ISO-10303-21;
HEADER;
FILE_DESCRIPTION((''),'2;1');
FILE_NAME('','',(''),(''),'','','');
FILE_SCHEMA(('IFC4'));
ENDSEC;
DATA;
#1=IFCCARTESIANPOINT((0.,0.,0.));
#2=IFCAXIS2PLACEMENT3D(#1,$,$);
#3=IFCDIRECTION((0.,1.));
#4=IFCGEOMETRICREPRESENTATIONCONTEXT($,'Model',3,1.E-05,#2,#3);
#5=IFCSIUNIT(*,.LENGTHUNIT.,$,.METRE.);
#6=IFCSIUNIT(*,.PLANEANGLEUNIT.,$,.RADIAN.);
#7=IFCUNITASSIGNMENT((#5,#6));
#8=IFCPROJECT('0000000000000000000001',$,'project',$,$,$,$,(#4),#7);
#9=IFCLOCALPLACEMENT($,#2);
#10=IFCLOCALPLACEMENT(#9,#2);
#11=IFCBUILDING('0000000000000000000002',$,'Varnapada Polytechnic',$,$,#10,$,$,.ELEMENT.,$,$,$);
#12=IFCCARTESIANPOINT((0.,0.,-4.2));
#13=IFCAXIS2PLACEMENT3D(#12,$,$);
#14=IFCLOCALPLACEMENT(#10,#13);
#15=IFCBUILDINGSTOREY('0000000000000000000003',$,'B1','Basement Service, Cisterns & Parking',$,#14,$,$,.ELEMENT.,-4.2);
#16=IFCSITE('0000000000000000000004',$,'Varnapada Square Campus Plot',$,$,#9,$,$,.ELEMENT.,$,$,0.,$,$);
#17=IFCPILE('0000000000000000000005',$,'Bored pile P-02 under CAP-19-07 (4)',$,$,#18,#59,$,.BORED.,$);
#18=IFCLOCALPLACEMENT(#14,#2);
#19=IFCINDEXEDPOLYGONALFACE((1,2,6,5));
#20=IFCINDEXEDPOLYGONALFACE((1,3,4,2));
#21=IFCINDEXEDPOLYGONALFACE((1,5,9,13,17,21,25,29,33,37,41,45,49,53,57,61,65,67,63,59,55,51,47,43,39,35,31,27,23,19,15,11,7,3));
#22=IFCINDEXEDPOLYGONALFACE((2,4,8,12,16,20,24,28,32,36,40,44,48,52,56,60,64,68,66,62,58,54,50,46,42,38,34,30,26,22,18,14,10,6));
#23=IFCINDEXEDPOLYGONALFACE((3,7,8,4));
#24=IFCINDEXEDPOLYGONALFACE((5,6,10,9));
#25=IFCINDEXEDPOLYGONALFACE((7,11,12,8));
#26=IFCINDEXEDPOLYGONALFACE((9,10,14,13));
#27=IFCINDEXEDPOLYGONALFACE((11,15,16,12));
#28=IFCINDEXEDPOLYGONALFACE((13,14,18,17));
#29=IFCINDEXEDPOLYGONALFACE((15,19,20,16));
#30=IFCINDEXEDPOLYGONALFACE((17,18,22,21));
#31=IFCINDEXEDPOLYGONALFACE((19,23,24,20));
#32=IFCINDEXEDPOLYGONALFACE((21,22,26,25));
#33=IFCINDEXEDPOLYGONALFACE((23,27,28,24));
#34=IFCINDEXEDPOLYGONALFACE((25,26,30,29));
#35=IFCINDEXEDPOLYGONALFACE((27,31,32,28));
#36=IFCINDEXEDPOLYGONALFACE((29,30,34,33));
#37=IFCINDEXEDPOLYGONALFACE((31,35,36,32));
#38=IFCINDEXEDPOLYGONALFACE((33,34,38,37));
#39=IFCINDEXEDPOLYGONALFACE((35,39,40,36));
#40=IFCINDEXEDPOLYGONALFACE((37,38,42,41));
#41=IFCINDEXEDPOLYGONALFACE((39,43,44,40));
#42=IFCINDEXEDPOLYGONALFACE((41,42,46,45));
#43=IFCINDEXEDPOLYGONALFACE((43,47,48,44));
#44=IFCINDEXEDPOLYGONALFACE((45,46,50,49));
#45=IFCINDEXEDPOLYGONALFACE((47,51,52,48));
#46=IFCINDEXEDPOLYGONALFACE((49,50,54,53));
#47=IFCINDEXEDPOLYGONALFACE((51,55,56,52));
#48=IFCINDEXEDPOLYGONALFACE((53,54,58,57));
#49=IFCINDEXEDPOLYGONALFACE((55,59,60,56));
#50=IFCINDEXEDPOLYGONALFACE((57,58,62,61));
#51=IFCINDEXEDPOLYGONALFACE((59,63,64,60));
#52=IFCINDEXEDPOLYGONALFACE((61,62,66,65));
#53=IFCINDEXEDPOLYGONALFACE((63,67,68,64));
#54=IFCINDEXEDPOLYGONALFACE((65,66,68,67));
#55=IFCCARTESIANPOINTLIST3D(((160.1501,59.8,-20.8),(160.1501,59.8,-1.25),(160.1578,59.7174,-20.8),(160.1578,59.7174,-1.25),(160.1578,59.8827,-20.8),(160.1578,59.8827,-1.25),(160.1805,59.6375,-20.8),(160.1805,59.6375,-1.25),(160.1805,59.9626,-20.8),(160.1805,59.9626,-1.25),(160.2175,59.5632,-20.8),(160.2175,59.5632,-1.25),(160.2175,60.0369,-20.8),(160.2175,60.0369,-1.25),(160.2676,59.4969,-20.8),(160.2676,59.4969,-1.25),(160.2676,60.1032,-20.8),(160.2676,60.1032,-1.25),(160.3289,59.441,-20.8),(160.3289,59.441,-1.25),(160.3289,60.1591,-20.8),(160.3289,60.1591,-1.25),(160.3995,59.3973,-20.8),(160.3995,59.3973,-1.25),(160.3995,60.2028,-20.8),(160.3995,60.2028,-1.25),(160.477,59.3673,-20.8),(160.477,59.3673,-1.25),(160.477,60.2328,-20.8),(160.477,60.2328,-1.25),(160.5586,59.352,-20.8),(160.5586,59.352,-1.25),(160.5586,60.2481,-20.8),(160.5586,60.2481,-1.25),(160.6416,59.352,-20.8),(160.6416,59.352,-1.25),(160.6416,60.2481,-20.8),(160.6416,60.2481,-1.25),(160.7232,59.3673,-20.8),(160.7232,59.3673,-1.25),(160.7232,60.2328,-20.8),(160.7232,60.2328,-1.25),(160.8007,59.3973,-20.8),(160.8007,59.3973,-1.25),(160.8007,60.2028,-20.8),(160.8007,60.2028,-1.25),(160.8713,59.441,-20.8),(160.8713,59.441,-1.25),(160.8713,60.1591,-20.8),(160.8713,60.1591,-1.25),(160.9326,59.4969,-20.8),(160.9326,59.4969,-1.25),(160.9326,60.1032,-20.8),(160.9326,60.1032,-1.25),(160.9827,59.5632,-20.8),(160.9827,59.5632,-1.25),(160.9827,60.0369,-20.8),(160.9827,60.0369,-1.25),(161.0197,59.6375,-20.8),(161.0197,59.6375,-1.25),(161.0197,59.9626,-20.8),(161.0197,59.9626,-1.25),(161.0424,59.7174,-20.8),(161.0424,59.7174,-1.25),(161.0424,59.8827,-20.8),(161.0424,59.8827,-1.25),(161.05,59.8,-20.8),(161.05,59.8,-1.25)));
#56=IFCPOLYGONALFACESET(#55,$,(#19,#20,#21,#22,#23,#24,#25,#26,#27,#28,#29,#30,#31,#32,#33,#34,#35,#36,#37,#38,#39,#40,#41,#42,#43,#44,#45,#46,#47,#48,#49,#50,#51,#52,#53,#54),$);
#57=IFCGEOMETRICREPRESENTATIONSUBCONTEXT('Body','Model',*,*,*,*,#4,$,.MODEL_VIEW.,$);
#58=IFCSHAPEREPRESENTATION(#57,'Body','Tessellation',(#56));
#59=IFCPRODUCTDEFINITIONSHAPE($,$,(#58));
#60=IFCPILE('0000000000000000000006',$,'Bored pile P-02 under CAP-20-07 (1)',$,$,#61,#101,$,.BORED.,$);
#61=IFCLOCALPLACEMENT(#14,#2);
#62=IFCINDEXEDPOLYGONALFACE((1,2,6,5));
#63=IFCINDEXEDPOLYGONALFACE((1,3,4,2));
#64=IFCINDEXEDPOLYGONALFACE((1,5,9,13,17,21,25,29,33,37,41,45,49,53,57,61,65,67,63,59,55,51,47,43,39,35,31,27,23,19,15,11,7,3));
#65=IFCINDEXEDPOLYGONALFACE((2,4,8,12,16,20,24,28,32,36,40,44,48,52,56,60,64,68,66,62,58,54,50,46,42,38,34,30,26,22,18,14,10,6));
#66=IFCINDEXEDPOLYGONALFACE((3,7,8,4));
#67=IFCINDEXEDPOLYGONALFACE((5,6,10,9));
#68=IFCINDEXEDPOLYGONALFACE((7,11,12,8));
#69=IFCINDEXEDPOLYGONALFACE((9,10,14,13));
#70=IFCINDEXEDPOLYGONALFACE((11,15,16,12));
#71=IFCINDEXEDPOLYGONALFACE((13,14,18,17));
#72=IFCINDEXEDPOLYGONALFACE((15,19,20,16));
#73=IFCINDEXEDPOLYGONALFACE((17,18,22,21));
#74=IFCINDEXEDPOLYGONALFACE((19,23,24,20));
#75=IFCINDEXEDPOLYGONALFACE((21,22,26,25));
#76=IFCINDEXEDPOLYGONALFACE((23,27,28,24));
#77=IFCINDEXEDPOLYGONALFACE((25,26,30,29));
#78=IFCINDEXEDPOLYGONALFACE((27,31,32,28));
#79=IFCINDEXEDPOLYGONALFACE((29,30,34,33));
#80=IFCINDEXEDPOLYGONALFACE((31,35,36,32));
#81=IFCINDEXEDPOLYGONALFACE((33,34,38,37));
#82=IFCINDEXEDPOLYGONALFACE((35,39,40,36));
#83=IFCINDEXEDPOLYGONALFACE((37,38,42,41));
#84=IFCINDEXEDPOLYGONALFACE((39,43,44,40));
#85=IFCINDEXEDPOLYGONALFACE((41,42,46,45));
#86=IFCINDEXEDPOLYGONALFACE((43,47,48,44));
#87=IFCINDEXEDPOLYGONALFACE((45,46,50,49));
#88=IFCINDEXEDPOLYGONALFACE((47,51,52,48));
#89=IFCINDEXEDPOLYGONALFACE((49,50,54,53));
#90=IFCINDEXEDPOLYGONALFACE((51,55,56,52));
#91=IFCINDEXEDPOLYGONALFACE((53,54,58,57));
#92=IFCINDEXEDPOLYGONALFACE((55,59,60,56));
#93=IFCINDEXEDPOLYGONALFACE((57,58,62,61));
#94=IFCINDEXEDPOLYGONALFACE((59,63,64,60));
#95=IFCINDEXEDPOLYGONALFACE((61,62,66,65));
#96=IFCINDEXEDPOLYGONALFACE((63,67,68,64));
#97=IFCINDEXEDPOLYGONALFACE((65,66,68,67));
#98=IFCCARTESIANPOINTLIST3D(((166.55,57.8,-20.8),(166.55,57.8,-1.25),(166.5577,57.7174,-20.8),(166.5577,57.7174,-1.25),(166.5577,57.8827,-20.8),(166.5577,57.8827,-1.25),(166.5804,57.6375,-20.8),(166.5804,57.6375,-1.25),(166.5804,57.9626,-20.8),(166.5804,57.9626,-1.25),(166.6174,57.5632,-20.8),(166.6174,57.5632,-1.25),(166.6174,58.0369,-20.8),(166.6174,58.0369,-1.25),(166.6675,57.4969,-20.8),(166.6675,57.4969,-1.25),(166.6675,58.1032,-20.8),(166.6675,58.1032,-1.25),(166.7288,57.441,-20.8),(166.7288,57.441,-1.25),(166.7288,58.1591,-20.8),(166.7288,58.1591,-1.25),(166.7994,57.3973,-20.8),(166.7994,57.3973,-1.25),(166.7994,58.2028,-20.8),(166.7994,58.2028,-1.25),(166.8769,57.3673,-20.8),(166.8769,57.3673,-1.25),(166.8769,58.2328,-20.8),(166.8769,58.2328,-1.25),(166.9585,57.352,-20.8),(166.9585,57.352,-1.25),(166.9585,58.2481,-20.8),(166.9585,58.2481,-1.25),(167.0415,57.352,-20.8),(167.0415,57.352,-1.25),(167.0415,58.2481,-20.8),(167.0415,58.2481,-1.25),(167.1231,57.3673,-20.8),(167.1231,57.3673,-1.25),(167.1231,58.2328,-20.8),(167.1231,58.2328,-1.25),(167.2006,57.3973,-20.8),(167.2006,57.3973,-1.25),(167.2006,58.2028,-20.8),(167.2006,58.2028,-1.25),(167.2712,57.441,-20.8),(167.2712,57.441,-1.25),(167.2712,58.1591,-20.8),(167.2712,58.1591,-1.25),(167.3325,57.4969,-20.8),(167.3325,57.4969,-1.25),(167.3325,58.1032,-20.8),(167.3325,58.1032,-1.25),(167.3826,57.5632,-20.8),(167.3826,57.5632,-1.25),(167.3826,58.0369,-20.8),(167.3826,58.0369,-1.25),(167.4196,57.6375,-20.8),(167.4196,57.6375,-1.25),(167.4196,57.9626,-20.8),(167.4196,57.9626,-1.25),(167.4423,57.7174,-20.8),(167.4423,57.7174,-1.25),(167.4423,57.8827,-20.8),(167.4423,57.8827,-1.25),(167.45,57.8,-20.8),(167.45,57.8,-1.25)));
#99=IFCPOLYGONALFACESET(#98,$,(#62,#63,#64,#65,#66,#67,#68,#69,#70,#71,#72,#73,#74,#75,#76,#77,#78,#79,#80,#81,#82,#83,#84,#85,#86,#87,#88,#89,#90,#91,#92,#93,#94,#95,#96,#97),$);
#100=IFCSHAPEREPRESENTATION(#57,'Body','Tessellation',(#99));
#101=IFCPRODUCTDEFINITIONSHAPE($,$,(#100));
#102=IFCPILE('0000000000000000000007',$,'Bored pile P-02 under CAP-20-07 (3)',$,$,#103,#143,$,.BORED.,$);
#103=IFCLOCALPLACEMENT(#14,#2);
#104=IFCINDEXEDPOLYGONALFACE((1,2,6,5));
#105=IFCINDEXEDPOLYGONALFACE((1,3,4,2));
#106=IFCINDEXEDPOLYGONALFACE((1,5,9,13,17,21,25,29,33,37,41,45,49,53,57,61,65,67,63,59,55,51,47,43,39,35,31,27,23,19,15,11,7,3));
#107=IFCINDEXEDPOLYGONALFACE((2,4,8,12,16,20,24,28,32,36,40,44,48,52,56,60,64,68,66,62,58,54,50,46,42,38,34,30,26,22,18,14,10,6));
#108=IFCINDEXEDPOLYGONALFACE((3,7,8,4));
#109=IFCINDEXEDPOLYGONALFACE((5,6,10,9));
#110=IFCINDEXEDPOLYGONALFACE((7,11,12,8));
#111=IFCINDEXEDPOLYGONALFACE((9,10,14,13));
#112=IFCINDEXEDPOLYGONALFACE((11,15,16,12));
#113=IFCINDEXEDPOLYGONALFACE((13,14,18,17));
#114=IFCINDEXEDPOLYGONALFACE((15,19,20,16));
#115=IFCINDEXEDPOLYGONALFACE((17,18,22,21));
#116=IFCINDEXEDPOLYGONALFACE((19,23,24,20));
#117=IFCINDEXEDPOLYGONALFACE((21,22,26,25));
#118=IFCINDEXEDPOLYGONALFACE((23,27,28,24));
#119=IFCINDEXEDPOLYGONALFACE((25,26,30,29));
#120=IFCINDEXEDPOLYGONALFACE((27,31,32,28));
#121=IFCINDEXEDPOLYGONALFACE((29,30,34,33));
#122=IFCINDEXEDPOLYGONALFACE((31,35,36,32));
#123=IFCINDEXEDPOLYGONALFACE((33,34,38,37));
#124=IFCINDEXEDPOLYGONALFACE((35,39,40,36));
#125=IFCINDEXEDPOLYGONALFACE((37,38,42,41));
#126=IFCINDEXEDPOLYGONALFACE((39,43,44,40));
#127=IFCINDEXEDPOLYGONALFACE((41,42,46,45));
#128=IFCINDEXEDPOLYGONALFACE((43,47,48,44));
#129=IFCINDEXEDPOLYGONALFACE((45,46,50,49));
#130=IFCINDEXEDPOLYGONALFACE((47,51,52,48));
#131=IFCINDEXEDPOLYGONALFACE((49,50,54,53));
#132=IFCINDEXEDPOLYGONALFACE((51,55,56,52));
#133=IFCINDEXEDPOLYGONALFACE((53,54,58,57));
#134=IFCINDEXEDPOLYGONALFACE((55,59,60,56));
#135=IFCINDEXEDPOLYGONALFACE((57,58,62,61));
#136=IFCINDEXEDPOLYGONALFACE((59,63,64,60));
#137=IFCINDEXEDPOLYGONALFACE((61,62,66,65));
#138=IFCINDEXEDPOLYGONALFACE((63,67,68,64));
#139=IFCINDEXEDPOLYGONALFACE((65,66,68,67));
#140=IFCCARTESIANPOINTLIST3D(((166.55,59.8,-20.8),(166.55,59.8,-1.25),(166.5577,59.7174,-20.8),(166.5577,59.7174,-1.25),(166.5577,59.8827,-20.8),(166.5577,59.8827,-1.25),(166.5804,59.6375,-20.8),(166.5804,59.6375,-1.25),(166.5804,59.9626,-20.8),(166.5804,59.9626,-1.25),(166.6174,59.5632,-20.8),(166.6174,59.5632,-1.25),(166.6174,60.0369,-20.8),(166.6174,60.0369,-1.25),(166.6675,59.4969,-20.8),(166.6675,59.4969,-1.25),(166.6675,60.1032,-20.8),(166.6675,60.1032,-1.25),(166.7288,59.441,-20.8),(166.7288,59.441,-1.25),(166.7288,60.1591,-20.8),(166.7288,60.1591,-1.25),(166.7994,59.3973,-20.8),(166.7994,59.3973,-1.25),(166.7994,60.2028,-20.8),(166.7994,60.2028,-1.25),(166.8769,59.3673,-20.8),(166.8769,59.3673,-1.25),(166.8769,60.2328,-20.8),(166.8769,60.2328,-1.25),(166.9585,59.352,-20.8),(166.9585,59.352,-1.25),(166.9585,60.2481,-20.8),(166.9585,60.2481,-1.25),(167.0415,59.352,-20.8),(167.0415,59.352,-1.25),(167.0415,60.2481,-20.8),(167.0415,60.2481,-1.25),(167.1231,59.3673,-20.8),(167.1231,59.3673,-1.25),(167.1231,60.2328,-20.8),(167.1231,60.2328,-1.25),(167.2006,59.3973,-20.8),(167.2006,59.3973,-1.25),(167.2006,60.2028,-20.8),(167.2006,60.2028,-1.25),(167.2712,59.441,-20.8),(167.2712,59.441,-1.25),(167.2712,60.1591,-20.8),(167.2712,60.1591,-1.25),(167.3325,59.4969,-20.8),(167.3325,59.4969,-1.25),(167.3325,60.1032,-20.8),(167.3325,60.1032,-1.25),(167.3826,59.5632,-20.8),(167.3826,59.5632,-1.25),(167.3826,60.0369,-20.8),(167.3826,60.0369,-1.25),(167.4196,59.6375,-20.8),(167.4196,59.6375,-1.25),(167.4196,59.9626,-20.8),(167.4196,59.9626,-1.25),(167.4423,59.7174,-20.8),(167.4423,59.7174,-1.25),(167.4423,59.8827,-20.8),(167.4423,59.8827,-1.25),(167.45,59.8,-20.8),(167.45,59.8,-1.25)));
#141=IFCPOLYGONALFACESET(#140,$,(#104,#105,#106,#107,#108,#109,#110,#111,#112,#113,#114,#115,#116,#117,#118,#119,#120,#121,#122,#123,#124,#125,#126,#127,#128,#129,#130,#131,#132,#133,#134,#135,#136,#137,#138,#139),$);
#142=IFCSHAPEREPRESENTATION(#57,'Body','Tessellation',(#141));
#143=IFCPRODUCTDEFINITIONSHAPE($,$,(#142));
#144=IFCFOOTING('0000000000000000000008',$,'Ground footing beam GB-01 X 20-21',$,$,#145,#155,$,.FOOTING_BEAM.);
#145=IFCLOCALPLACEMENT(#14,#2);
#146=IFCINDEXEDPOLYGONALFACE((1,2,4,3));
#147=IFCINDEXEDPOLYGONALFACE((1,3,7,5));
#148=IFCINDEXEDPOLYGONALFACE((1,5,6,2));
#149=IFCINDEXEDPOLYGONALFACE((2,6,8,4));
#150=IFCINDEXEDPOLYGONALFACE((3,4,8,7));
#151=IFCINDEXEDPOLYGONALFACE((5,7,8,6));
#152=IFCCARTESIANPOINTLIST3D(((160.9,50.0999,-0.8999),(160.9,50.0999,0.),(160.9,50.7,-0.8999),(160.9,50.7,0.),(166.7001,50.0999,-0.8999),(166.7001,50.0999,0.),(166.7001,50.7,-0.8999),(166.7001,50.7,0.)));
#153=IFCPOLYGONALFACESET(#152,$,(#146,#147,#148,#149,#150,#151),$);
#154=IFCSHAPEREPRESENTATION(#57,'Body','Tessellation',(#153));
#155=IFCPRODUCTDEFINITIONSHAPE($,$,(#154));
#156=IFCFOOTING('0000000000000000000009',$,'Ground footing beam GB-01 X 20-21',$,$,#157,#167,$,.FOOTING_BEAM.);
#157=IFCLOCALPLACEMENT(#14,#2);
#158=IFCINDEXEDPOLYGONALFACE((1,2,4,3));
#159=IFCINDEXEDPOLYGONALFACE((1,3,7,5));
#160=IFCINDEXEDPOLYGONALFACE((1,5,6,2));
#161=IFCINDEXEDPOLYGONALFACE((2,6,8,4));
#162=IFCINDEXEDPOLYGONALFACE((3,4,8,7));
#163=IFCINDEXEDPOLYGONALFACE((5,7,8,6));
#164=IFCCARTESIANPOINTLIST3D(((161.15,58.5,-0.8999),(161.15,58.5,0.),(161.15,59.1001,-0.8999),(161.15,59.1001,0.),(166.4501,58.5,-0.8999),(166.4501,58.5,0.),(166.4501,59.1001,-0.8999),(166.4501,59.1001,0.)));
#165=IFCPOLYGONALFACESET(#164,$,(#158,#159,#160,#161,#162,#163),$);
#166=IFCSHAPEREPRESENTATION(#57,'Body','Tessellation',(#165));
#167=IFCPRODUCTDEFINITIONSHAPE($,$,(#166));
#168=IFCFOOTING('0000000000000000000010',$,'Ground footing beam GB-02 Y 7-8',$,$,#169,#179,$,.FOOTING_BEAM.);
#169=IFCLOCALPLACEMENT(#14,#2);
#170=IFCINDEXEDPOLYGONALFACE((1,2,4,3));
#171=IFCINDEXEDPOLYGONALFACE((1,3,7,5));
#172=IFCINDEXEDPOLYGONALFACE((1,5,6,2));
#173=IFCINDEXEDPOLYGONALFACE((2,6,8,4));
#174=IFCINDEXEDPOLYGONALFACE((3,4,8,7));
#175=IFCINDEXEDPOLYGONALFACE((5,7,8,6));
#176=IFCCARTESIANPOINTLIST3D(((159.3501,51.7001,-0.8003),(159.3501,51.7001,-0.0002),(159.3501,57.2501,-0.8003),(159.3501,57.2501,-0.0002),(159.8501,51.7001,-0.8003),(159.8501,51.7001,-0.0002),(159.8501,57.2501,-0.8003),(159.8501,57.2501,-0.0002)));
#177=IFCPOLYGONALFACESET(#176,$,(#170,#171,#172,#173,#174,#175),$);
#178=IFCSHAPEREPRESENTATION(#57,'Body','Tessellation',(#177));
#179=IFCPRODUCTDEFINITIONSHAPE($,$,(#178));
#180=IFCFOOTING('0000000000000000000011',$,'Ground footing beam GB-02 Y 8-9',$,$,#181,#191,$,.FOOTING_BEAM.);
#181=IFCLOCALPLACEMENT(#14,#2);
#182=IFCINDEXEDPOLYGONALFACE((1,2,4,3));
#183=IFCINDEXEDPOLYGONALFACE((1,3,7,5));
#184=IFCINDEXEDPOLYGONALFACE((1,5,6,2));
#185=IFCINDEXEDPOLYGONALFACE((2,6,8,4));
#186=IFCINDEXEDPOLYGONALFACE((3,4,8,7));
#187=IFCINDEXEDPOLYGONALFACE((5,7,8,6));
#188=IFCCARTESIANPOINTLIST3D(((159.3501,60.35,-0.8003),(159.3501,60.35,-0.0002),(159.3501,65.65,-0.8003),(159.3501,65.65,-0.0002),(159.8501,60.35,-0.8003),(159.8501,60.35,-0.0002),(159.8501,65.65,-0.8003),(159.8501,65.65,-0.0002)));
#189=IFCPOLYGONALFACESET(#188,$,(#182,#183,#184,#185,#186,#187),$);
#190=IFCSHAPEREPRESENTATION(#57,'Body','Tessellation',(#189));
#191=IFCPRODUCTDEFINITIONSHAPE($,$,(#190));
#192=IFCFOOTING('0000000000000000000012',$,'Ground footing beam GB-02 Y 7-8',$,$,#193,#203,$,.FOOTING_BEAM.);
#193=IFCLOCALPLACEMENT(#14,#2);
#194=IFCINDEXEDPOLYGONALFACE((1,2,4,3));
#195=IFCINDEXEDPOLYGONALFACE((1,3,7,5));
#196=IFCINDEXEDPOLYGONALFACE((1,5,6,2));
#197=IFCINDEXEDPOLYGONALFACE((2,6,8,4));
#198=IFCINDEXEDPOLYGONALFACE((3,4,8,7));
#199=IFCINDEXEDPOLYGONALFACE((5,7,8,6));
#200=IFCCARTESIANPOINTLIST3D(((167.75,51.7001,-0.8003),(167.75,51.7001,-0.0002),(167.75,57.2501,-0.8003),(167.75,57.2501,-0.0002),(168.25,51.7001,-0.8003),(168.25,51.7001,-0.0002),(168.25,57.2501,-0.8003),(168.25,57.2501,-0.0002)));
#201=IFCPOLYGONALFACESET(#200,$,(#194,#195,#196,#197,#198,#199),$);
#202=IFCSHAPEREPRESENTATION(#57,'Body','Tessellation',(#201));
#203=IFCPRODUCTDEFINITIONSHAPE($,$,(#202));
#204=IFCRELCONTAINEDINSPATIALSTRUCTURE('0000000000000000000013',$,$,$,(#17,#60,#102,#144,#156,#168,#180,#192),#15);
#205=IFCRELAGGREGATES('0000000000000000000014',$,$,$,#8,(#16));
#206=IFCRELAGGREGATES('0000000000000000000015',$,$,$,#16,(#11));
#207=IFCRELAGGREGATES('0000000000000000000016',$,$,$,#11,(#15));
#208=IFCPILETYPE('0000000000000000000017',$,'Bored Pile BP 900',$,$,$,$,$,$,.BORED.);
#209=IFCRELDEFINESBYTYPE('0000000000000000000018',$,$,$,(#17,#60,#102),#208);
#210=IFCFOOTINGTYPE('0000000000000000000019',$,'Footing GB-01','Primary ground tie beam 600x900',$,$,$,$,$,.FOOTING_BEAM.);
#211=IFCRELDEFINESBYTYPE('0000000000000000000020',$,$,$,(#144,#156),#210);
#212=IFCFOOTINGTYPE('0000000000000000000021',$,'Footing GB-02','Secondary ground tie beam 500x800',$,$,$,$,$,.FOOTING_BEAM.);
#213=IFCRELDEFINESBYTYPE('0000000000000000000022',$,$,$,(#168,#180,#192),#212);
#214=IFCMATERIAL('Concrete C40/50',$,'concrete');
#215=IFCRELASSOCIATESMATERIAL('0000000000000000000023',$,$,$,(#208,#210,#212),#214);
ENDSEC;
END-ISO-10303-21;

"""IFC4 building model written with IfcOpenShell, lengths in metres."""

from ifc_helpers import new_model, si_unit, direction, frame, origin, origin_2d, place, context, subcontext, project, spatial, rectangle, circle, extrude, material, material_profile, profile_set, type_object, element, save


model = new_model("IFC4")

# Units and contexts
model_context = context("Model", 3, precision=1e-05, world=origin(), true_north=direction((0.0, 1.0)))
body_context = subcontext(model_context, "Body", "Model", "MODEL_VIEW")
ifc_project = project(units=[si_unit("LENGTHUNIT", "METRE"), si_unit("PLANEANGLEUNIT", "RADIAN")], contexts=[model_context])

# Site, building, storey
site_placement = place(None, origin())
site = spatial("IfcSite", under=ifc_project, at=site_placement, Name="Varnapada Square Campus Plot", CompositionType="ELEMENT", RefElevation=0.0)
building_placement = place(site_placement, origin())
building = spatial("IfcBuilding", under=site, at=building_placement, Name="Varnapada Polytechnic", CompositionType="ELEMENT")
storey_placement = place(building_placement, frame((0.0, 0.0, -4.2)))
storey = spatial("IfcBuildingStorey", under=building, at=storey_placement, Name="B1", Description="Basement Service, Cisterns & Parking", CompositionType="ELEMENT", Elevation=-4.2)

# Piles
ifc_material_1 = material(Name="Concrete C40/50", Category="concrete")
ifc_material_profile_1 = material_profile(ifc_material_1, circle(Radius=0.45, at=origin_2d()), Name="BP 900")
ifc_profile_set_1 = profile_set([ifc_material_profile_1], Name="Concrete C40/50")
pile_type_1 = type_object("IfcPileType", Name="Bored Pile BP 900", PredefinedType="BORED", material=ifc_profile_set_1)
for number, where, z_axis, x_axis, name in (
    (1, (160.6001, 59.8, -1.25), (0.0, 0.0, -1.0), (1.0, 0.0, 0.0), "Bored pile P-02 under CAP-19-07 (4)"),
    (2, (167.0, 57.8, -1.25), (0.0, 0.0, -1.0), (1.0, 0.0, 0.0), "Bored pile P-02 under CAP-20-07 (1)"),
    (3, (167.0, 59.8, -1.25), (0.0, 0.0, -1.0), (1.0, 0.0, 0.0), "Bored pile P-02 under CAP-20-07 (3)"),
):
    element("IfcPile", number, at=place(storey_placement, frame(where, z_axis=z_axis, x_axis=x_axis)), inside=storey, type_object=pile_type_1, Name=name, PredefinedType="BORED", context=body_context, shape_type="SweptSolid", body=[
        extrude(circle(Radius=0.45, at=origin_2d()), origin(), (0.0, 0.0, 1.0), 19.55),
    ])

# Footings
footing_type_1 = type_object("IfcFootingType", Name="Footing GB-01", Description="Primary ground tie beam 600x900", PredefinedType="FOOTING_BEAM", material=ifc_material_1)
footing_1_placement = place(storey_placement, frame((163.8, 50.3999, -0.8999), z_axis=(0.0, 0.0, 1.0), x_axis=(1.0, 0.0, 0.0)))
element("IfcFooting", 4, at=footing_1_placement, inside=storey, type_object=footing_type_1, Name="Ground footing beam GB-01 X 20-21", PredefinedType="FOOTING_BEAM", context=body_context, shape_type="SweptSolid", body=[
    extrude(rectangle(XDim=5.8, YDim=0.6001, at=origin_2d()), origin(), (0.0, 0.0, 1.0), 0.8999),
])
footing_2_placement = place(storey_placement, frame((163.8, 58.8, -0.8999), z_axis=(0.0, 0.0, 1.0), x_axis=(1.0, 0.0, 0.0)))
element("IfcFooting", 5, at=footing_2_placement, inside=storey, type_object=footing_type_1, Name="Ground footing beam GB-01 X 20-21", PredefinedType="FOOTING_BEAM", context=body_context, shape_type="SweptSolid", body=[
    extrude(rectangle(XDim=5.3, YDim=0.6001, at=origin_2d()), origin(), (0.0, 0.0, 1.0), 0.8999),
])
footing_type_2 = type_object("IfcFootingType", Name="Footing GB-02", Description="Secondary ground tie beam 500x800", PredefinedType="FOOTING_BEAM", material=ifc_material_1)
footing_3_placement = place(storey_placement, frame((159.6001, 54.4751, -0.8003), z_axis=(0.0, 0.0, 1.0), x_axis=(0.0, 1.0, 0.0)))
element("IfcFooting", 6, at=footing_3_placement, inside=storey, type_object=footing_type_2, Name="Ground footing beam GB-02 Y 7-8", PredefinedType="FOOTING_BEAM", context=body_context, shape_type="SweptSolid", body=[
    extrude(rectangle(XDim=5.55, YDim=0.5, at=origin_2d()), origin(), (0.0, 0.0, 1.0), 0.8),
])
footing_4_placement = place(storey_placement, frame((159.6001, 63.0, -0.8003), z_axis=(0.0, 0.0, 1.0), x_axis=(0.0, 1.0, 0.0)))
element("IfcFooting", 7, at=footing_4_placement, inside=storey, type_object=footing_type_2, Name="Ground footing beam GB-02 Y 8-9", PredefinedType="FOOTING_BEAM", context=body_context, shape_type="SweptSolid", body=[
    extrude(rectangle(XDim=5.3, YDim=0.5, at=origin_2d()), origin(), (0.0, 0.0, 1.0), 0.8),
])
footing_5_placement = place(storey_placement, frame((168.0, 54.4751, -0.8003), z_axis=(0.0, 0.0, 1.0), x_axis=(0.0, 1.0, 0.0)))
element("IfcFooting", 8, at=footing_5_placement, inside=storey, type_object=footing_type_2, Name="Ground footing beam GB-02 Y 7-8", PredefinedType="FOOTING_BEAM", context=body_context, shape_type="SweptSolid", body=[
    extrude(rectangle(XDim=5.55, YDim=0.5, at=origin_2d()), origin(), (0.0, 0.0, 1.0), 0.8),
])

save(model, "model.ifc")
